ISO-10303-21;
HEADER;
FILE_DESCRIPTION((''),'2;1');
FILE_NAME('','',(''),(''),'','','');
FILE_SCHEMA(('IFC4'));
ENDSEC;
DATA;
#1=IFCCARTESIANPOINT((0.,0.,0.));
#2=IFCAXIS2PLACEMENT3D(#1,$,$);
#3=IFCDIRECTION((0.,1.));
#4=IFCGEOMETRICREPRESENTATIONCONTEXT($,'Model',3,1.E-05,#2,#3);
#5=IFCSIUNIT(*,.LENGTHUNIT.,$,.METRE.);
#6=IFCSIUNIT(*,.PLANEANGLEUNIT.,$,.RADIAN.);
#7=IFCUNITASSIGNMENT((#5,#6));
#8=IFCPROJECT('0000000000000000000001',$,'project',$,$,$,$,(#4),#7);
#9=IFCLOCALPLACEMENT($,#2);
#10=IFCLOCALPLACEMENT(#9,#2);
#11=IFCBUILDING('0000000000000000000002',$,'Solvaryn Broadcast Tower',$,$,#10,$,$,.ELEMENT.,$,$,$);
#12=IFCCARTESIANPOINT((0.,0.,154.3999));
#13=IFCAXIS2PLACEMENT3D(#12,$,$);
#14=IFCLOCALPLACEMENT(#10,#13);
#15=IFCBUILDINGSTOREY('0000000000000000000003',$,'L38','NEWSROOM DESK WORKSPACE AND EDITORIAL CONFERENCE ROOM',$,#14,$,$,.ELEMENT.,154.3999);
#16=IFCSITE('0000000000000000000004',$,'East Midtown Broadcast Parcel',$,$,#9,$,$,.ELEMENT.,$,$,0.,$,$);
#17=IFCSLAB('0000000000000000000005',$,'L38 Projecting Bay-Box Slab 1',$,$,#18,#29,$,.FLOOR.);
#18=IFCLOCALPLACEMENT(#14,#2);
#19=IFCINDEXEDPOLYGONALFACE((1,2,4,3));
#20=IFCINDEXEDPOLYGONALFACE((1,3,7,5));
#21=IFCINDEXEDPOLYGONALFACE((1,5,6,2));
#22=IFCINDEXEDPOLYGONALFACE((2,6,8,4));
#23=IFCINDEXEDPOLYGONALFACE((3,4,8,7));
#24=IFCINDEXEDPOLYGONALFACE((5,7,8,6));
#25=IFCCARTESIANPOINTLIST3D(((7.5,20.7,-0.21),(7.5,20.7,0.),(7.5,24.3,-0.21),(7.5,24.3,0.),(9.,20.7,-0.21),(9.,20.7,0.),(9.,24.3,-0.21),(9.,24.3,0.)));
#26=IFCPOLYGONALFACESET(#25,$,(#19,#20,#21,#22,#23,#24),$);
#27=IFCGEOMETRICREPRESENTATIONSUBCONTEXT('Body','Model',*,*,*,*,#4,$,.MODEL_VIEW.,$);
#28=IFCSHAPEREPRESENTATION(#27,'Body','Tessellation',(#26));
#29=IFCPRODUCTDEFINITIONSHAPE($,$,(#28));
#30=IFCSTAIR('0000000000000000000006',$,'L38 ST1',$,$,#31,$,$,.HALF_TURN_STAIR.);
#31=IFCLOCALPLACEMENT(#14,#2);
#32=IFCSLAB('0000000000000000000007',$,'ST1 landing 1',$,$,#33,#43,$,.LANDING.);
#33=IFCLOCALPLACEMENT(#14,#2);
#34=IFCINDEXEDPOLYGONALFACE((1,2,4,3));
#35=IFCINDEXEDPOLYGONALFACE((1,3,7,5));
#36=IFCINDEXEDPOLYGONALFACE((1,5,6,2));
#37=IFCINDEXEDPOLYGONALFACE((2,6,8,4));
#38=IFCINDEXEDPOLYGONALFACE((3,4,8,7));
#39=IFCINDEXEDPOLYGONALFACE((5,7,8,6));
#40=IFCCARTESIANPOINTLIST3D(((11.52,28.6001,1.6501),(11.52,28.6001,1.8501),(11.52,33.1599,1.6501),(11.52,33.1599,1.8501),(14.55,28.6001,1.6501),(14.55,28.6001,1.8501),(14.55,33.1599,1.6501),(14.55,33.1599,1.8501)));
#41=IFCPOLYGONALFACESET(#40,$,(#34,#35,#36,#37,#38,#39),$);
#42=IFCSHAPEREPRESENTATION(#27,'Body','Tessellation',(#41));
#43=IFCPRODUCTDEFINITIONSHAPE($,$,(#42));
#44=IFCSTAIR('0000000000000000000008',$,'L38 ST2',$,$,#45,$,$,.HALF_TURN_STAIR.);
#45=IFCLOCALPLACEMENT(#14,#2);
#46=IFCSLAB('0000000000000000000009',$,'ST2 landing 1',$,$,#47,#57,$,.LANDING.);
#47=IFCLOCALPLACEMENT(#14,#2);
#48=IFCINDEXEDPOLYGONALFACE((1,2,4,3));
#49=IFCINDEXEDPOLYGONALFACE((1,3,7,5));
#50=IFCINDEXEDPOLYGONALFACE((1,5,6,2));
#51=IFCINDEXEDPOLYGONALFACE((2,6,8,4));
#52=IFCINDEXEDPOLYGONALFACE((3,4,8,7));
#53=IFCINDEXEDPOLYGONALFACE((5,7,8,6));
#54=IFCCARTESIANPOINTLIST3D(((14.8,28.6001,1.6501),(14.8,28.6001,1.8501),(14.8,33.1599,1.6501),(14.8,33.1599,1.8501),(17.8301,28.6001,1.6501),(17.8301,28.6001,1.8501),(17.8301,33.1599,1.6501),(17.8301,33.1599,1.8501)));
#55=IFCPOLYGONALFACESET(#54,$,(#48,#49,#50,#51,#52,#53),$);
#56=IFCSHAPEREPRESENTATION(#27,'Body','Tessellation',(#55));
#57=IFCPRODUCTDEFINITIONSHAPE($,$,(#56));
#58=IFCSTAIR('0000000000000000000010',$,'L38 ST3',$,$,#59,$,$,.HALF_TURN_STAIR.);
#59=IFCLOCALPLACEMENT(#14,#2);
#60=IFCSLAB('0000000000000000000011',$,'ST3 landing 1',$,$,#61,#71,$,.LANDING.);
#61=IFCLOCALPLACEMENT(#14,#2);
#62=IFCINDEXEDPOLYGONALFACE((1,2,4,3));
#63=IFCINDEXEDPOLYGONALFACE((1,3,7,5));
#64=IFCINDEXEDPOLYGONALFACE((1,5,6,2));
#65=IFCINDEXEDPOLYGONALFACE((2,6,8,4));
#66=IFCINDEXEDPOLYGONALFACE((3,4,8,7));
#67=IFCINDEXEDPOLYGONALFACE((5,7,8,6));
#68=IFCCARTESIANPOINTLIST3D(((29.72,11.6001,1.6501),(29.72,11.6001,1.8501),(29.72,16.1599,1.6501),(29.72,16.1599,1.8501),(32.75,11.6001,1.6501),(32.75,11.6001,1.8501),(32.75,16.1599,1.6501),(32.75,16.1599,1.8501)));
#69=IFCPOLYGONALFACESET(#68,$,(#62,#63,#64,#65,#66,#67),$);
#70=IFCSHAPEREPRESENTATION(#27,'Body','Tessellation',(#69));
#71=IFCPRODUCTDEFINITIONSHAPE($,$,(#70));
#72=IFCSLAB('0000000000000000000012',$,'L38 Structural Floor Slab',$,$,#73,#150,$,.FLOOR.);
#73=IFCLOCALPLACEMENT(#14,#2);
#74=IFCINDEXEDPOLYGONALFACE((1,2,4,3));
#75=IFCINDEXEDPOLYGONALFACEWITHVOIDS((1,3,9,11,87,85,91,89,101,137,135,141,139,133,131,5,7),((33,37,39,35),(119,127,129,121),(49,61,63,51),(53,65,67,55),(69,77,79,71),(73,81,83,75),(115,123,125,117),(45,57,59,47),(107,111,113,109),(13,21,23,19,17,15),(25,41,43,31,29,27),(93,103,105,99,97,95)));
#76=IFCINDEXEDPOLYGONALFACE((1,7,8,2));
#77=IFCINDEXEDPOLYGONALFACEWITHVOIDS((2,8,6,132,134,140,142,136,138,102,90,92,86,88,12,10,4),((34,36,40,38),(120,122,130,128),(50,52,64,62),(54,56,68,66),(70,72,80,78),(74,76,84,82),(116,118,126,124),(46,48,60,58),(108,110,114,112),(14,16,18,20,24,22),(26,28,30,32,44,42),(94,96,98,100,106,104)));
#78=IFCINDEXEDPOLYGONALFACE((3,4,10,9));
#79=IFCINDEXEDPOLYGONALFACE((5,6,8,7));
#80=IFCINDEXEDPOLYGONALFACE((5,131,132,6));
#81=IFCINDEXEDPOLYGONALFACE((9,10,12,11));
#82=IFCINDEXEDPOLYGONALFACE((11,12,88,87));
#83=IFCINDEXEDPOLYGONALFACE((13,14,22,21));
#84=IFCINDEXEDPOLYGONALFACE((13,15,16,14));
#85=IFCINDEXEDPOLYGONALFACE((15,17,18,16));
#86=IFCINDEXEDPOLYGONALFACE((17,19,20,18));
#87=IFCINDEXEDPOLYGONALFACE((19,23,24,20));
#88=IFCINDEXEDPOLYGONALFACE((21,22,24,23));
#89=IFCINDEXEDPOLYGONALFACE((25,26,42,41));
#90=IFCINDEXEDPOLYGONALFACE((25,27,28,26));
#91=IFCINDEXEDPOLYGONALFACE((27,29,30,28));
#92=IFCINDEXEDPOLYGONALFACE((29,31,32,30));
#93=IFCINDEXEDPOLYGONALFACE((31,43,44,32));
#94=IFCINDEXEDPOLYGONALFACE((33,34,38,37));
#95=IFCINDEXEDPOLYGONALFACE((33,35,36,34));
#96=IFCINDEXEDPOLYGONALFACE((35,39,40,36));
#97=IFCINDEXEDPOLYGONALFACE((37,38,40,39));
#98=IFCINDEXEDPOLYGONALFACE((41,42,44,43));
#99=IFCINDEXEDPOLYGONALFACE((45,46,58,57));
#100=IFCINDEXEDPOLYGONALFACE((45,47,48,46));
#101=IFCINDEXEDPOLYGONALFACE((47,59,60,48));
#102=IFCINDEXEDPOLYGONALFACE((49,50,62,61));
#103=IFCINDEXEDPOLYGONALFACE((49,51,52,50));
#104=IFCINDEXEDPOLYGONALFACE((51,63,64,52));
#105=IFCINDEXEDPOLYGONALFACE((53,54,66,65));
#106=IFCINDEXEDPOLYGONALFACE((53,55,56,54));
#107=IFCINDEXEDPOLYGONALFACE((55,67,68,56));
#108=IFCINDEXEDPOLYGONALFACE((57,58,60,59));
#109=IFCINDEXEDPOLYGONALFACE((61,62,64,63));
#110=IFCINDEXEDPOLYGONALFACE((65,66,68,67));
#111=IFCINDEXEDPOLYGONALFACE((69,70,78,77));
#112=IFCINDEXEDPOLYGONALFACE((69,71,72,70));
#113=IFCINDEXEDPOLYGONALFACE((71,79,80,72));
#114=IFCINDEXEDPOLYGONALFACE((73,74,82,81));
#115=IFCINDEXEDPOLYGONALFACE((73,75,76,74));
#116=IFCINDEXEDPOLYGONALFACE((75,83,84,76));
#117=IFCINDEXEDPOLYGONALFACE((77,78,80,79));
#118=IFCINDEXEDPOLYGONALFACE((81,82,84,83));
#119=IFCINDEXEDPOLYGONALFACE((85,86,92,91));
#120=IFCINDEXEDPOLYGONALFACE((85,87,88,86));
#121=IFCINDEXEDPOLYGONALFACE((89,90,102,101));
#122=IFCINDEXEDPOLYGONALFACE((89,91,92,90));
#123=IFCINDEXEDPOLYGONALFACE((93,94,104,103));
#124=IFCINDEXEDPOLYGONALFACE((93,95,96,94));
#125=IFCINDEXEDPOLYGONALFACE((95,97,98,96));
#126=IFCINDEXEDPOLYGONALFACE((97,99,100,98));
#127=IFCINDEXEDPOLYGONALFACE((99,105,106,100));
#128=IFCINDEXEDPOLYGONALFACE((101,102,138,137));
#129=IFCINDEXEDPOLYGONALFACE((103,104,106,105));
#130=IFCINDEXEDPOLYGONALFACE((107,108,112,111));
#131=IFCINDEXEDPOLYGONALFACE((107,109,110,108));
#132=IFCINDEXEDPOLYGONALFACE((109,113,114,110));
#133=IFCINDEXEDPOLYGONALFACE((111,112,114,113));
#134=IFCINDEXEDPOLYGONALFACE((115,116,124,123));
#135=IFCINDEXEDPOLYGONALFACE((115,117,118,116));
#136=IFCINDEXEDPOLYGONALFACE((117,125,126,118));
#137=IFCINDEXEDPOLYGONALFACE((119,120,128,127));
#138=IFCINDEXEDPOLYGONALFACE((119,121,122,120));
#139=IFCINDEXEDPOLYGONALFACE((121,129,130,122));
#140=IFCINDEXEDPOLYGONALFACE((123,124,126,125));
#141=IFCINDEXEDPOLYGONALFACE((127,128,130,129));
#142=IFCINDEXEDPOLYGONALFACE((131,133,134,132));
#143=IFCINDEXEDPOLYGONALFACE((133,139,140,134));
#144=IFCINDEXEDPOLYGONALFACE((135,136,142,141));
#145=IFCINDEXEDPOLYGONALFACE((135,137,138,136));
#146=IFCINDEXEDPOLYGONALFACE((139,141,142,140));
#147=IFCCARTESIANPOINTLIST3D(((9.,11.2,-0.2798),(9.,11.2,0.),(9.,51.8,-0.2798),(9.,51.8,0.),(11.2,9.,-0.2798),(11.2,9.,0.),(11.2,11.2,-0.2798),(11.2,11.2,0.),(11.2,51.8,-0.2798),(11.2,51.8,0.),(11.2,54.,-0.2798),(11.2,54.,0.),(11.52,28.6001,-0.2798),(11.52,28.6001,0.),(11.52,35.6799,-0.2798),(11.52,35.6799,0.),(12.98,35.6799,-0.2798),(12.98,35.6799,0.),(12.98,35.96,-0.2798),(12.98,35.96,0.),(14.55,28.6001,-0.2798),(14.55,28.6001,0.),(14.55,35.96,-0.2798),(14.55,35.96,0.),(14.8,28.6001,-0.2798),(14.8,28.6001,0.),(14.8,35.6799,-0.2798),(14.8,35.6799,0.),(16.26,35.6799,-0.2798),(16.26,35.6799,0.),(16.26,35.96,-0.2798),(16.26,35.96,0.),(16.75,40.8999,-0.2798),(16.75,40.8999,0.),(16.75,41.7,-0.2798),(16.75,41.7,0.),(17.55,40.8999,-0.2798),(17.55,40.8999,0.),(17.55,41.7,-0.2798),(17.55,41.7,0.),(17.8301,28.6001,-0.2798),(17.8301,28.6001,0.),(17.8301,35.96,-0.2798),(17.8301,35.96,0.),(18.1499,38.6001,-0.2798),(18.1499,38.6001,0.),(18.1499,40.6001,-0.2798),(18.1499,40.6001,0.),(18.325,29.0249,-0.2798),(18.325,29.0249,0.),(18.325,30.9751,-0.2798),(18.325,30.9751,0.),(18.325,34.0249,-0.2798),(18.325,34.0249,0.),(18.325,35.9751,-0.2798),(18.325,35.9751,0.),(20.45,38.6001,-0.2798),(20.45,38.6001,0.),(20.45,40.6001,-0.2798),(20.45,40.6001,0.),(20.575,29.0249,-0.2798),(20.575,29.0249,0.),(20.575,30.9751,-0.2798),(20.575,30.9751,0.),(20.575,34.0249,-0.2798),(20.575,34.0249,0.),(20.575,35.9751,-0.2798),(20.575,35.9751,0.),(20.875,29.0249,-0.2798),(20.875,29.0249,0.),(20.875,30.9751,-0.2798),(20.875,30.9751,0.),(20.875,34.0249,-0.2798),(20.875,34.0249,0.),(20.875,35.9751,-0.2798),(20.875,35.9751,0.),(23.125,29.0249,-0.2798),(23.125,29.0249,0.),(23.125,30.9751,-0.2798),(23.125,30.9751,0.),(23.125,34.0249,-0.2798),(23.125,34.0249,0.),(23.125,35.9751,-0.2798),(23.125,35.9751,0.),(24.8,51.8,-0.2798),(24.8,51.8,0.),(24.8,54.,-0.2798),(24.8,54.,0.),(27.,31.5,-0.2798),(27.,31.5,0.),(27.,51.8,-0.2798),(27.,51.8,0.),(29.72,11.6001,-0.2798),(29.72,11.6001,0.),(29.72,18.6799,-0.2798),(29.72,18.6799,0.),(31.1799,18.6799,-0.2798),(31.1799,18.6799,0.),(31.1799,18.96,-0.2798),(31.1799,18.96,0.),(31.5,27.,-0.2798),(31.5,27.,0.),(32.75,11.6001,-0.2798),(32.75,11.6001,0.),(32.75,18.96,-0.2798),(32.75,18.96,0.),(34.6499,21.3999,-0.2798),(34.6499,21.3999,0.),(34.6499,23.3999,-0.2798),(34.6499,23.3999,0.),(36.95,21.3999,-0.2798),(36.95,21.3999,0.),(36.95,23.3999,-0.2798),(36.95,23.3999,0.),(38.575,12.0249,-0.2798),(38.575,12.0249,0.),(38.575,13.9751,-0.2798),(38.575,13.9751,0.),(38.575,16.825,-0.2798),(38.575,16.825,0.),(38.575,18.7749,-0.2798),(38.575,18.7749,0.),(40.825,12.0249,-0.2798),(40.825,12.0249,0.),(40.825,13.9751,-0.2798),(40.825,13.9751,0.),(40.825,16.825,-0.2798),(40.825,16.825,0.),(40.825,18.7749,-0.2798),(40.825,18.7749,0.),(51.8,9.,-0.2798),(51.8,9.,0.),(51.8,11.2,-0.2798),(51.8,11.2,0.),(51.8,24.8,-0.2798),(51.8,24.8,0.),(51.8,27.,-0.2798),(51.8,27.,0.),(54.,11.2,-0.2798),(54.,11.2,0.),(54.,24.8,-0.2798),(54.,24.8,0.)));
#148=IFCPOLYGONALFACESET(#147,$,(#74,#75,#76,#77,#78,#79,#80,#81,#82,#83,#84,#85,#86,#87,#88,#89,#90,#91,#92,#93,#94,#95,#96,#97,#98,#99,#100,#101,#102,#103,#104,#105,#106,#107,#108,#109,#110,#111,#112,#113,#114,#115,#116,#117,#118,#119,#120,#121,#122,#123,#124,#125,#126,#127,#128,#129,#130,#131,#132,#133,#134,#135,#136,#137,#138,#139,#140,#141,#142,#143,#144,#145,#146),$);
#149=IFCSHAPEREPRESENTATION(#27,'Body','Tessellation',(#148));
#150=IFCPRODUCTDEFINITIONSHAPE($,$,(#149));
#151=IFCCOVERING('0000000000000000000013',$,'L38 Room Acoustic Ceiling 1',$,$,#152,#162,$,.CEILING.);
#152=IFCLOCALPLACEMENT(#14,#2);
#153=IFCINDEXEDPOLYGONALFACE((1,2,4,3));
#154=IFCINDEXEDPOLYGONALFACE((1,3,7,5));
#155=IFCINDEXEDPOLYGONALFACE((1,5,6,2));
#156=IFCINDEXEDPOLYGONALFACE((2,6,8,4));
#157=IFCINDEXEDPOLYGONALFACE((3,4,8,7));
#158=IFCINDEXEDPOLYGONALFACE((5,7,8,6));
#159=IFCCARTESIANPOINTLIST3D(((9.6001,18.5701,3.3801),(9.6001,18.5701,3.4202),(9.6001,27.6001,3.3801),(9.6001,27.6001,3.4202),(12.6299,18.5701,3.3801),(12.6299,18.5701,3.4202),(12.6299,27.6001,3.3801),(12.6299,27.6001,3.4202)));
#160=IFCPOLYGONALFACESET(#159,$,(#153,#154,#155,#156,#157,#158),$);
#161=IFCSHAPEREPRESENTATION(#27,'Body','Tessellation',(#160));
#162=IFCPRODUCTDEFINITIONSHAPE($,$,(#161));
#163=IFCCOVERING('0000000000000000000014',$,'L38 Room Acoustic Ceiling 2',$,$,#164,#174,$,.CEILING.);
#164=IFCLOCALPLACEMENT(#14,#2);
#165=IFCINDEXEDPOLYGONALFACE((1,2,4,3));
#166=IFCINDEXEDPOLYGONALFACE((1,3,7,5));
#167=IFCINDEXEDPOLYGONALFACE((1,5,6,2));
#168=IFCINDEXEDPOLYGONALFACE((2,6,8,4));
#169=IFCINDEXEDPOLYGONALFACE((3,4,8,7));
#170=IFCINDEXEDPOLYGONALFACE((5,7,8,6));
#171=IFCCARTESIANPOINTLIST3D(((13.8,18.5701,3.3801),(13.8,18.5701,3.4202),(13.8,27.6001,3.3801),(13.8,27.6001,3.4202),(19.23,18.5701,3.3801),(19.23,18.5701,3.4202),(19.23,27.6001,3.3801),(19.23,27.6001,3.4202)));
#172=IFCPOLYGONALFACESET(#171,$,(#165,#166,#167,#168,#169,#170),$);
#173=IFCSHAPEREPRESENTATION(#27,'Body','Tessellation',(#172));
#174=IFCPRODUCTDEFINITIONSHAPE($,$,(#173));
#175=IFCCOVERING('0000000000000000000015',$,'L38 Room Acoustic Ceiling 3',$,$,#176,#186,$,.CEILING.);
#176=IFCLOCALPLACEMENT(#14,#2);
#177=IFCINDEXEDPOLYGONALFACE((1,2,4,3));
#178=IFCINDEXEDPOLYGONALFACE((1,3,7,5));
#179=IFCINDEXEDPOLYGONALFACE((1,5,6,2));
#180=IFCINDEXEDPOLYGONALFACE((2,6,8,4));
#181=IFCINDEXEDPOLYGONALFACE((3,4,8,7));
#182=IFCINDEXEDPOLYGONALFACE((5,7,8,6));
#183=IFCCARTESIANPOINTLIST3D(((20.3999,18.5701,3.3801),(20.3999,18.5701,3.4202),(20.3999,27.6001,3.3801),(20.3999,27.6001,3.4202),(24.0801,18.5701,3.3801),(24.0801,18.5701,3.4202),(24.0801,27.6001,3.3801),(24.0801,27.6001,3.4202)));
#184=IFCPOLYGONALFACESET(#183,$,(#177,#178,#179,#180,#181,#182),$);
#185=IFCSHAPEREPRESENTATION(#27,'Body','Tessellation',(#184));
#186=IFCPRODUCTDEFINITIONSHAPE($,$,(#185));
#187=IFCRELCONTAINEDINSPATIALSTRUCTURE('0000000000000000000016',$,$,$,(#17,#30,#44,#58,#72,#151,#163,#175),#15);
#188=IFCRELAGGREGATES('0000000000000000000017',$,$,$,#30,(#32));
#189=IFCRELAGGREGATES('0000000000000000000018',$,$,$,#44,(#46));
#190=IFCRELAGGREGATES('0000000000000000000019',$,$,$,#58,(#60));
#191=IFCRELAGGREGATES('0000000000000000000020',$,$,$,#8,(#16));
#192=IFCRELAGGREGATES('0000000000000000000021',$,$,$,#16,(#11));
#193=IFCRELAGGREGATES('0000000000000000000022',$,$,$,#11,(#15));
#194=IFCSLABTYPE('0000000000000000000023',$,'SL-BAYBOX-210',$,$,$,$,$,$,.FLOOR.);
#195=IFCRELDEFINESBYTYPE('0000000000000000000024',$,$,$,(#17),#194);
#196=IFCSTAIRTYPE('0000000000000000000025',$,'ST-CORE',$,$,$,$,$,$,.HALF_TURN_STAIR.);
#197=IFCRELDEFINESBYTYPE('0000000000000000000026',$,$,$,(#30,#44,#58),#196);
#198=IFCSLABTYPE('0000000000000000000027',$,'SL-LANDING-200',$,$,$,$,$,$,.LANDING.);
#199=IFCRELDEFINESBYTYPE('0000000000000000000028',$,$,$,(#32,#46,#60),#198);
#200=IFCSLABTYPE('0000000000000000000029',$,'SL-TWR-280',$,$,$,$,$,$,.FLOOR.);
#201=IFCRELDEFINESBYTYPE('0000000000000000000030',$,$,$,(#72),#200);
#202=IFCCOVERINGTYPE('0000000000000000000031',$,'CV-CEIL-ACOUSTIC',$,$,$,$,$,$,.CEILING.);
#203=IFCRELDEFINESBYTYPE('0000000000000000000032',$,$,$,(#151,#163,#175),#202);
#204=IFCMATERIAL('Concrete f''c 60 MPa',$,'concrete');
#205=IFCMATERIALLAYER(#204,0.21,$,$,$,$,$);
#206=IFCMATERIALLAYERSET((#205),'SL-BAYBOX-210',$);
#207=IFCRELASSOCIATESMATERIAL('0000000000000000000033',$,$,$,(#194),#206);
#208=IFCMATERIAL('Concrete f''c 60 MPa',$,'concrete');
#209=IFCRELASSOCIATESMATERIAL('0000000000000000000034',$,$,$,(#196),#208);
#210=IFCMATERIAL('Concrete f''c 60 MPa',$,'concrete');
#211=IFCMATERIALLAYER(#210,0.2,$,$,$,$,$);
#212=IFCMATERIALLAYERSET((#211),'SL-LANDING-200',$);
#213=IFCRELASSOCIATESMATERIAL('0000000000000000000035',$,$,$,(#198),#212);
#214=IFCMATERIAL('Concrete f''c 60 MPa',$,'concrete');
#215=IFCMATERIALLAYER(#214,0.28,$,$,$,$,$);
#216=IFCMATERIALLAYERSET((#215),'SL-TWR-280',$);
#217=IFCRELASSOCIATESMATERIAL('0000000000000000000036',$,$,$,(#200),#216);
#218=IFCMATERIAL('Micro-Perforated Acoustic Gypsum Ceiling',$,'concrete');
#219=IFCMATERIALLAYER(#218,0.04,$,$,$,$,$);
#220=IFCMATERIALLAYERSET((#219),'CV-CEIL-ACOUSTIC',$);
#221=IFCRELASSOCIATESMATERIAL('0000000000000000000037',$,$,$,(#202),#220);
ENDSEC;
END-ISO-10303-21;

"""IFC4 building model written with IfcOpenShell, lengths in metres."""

from ifc_helpers import new_model, si_unit, direction, frame, origin, place, context, subcontext, project, spatial, polyline, outline, extrude, material, layer, layer_set, type_object, element, aggregate, save


model = new_model("IFC4")

# Units and contexts
model_context = context("Model", 3, precision=1e-05, world=origin(), true_north=direction((0.0, 1.0)))
body_context = subcontext(model_context, "Body", "Model", "MODEL_VIEW")
ifc_project = project(units=[si_unit("LENGTHUNIT", "METRE"), si_unit("PLANEANGLEUNIT", "RADIAN")], contexts=[model_context])

# Site, building, storey
site_placement = place(None, origin())
site = spatial("IfcSite", under=ifc_project, at=site_placement, Name="East Midtown Broadcast Parcel", CompositionType="ELEMENT", RefElevation=0.0)
building_placement = place(site_placement, origin())
building = spatial("IfcBuilding", under=site, at=building_placement, Name="Solvaryn Broadcast Tower", CompositionType="ELEMENT")
storey_placement = place(building_placement, frame((0.0, 0.0, 154.3999)))
storey = spatial("IfcBuildingStorey", under=building, at=storey_placement, Name="L38", Description="NEWSROOM DESK WORKSPACE AND EDITORIAL CONFERENCE ROOM", CompositionType="ELEMENT", Elevation=154.3999)

# Slab
ifc_material_1 = material(Name="Concrete f'c 60 MPa", Category="concrete")
ifc_layer_1 = layer(ifc_material_1, 0.21)
ifc_layer_set_1 = layer_set([ifc_layer_1], Name="SL-BAYBOX-210")
slab_type_1 = type_object("IfcSlabType", Name="SL-BAYBOX-210", PredefinedType="FLOOR", material=ifc_layer_set_1)
slab_1_placement = place(storey_placement, frame((0.0, 0.0, -0.21)))
element("IfcSlab", 1, at=slab_1_placement, inside=storey, type_object=slab_type_1, Name="L38 Projecting Bay-Box Slab 1", PredefinedType="FLOOR", context=body_context, shape_type="SweptSolid", body=[
    extrude(outline(polyline([(7.5, 20.7), (9.0, 20.7), (9.0, 24.3), (7.5, 24.3), (7.5, 20.7)])), origin(), (0.0, 0.0, 1.0), 0.21),
])

# Stairs, slabs
ifc_material_2 = material(Name="Concrete f'c 60 MPa", Category="concrete")
stair_type = type_object("IfcStairType", Name="ST-CORE", PredefinedType="HALF_TURN_STAIR", material=ifc_material_2)
stair_1_placement = place(storey_placement, origin())
stair_1 = element("IfcStair", 2, at=stair_1_placement, inside=storey, type_object=stair_type, Name="L38 ST1", PredefinedType="HALF_TURN_STAIR")
ifc_material_3 = material(Name="Concrete f'c 60 MPa", Category="concrete")
ifc_layer_2 = layer(ifc_material_3, 0.2)
ifc_layer_set_2 = layer_set([ifc_layer_2], Name="SL-LANDING-200")
slab_type_2 = type_object("IfcSlabType", Name="SL-LANDING-200", PredefinedType="LANDING", material=ifc_layer_set_2)
slab_2_placement = place(storey_placement, frame((0.0, 0.0, 1.6501)))
slab_2 = element("IfcSlab", 3, at=slab_2_placement, type_object=slab_type_2, Name="ST1 landing 1", PredefinedType="LANDING", context=body_context, shape_type="SweptSolid", body=[
    extrude(outline(polyline([(11.52, 33.1599), (11.52, 28.6001), (14.55, 28.6001), (14.55, 33.1599), (11.52, 33.1599)])), origin(), (0.0, 0.0, 1.0), 0.2),
])
aggregate(stair_1, [slab_2])
stair_2_placement = place(storey_placement, origin())
stair_2 = element("IfcStair", 4, at=stair_2_placement, inside=storey, type_object=stair_type, Name="L38 ST2", PredefinedType="HALF_TURN_STAIR")
slab_3_placement = place(storey_placement, frame((0.0, 0.0, 1.6501)))
slab_3 = element("IfcSlab", 5, at=slab_3_placement, type_object=slab_type_2, Name="ST2 landing 1", PredefinedType="LANDING", context=body_context, shape_type="SweptSolid", body=[
    extrude(outline(polyline([(14.8, 33.1599), (14.8, 28.6001), (17.8301, 28.6001), (17.8301, 33.1599), (14.8, 33.1599)])), origin(), (0.0, 0.0, 1.0), 0.2),
])
aggregate(stair_2, [slab_3])
stair_3_placement = place(storey_placement, origin())
stair_3 = element("IfcStair", 6, at=stair_3_placement, inside=storey, type_object=stair_type, Name="L38 ST3", PredefinedType="HALF_TURN_STAIR")
slab_4_placement = place(storey_placement, frame((0.0, 0.0, 1.6501)))
slab_4 = element("IfcSlab", 7, at=slab_4_placement, type_object=slab_type_2, Name="ST3 landing 1", PredefinedType="LANDING", context=body_context, shape_type="SweptSolid", body=[
    extrude(outline(polyline([(29.72, 16.1599), (29.72, 11.6001), (32.75, 11.6001), (32.75, 16.1599), (29.72, 16.1599)])), origin(), (0.0, 0.0, 1.0), 0.2),
])
aggregate(stair_3, [slab_4])

# Slab
ifc_material_4 = material(Name="Concrete f'c 60 MPa", Category="concrete")
ifc_layer_3 = layer(ifc_material_4, 0.28)
ifc_layer_set_3 = layer_set([ifc_layer_3], Name="SL-TWR-280")
slab_type_3 = type_object("IfcSlabType", Name="SL-TWR-280", PredefinedType="FLOOR", material=ifc_layer_set_3)
slab_5_placement = place(storey_placement, frame((0.0, 0.0, -0.2798)))
element("IfcSlab", 8, at=slab_5_placement, inside=storey, type_object=slab_type_3, Name="L38 Structural Floor Slab", PredefinedType="FLOOR", context=body_context, shape_type="SweptSolid", body=[
    extrude(outline(polyline([(11.2, 9.0), (51.8, 9.0), (51.8, 11.2), (54.0, 11.2), (54.0, 24.8), (51.8, 24.8), (51.8, 27.0), (31.5, 27.0), (27.0, 31.5), (27.0, 51.8), (24.8, 51.8), (24.8, 54.0), (11.2, 54.0), (11.2, 51.8), (9.0, 51.8), (9.0, 11.2), (11.2, 11.2), (11.2, 9.0)]), holes=[polyline([(11.52, 28.6001), (14.55, 28.6001), (14.55, 35.96), (12.98, 35.96), (12.98, 35.6799), (11.52, 35.6799), (11.52, 28.6001)]), polyline([(14.8, 28.6001), (17.8301, 28.6001), (17.8301, 35.96), (16.26, 35.96), (16.26, 35.6799), (14.8, 35.6799), (14.8, 28.6001)]), polyline([(29.72, 11.6001), (32.75, 11.6001), (32.75, 18.96), (31.1799, 18.96), (31.1799, 18.6799), (29.72, 18.6799), (29.72, 11.6001)]), polyline([(18.1499, 38.6001), (20.45, 38.6001), (20.45, 40.6001), (18.1499, 40.6001), (18.1499, 38.6001)]), polyline([(18.325, 29.0249), (20.575, 29.0249), (20.575, 30.9751), (18.325, 30.9751), (18.325, 29.0249)]), polyline([(20.875, 29.0249), (23.125, 29.0249), (23.125, 30.9751), (20.875, 30.9751), (20.875, 29.0249)]), polyline([(18.325, 34.0249), (20.575, 34.0249), (20.575, 35.9751), (18.325, 35.9751), (18.325, 34.0249)]), polyline([(20.875, 34.0249), (23.125, 34.0249), (23.125, 35.9751), (20.875, 35.9751), (20.875, 34.0249)]), polyline([(34.6499, 21.3999), (36.95, 21.3999), (36.95, 23.3999), (34.6499, 23.3999), (34.6499, 21.3999)]), polyline([(38.575, 12.0249), (40.825, 12.0249), (40.825, 13.9751), (38.575, 13.9751), (38.575, 12.0249)]), polyline([(38.575, 16.825), (40.825, 16.825), (40.825, 18.7749), (38.575, 18.7749), (38.575, 16.825)]), polyline([(16.75, 40.8999), (17.55, 40.8999), (17.55, 41.7), (16.75, 41.7), (16.75, 40.8999)])]), origin(), (0.0, 0.0, 1.0), 0.2798),
])

# Coverings
ifc_material_5 = material(Name="Micro-Perforated Acoustic Gypsum Ceiling", Category="concrete")
ifc_layer_4 = layer(ifc_material_5, 0.04)
ifc_layer_set_4 = layer_set([ifc_layer_4], Name="CV-CEIL-ACOUSTIC")
covering_type_1 = type_object("IfcCoveringType", Name="CV-CEIL-ACOUSTIC", PredefinedType="CEILING", material=ifc_layer_set_4)
covering_1_placement = place(storey_placement, frame((0.0, 0.0, 3.3801)))
element("IfcCovering", 9, at=covering_1_placement, inside=storey, type_object=covering_type_1, Name="L38 Room Acoustic Ceiling 1", PredefinedType="CEILING", context=body_context, shape_type="SweptSolid", body=[
    extrude(outline(polyline([(9.6001, 18.5701), (12.6299, 18.5701), (12.6299, 27.6001), (9.6001, 27.6001), (9.6001, 18.5701)])), origin(), (0.0, 0.0, 1.0), 0.04),
])
covering_2_placement = place(storey_placement, frame((0.0, 0.0, 3.3801)))
element("IfcCovering", 10, at=covering_2_placement, inside=storey, type_object=covering_type_1, Name="L38 Room Acoustic Ceiling 2", PredefinedType="CEILING", context=body_context, shape_type="SweptSolid", body=[
    extrude(outline(polyline([(13.8, 18.5701), (19.23, 18.5701), (19.23, 27.6001), (13.8, 27.6001), (13.8, 18.5701)])), origin(), (0.0, 0.0, 1.0), 0.04),
])
covering_3_placement = place(storey_placement, frame((0.0, 0.0, 3.3801)))
element("IfcCovering", 11, at=covering_3_placement, inside=storey, type_object=covering_type_1, Name="L38 Room Acoustic Ceiling 3", PredefinedType="CEILING", context=body_context, shape_type="SweptSolid", body=[
    extrude(outline(polyline([(20.3999, 18.5701), (24.0801, 18.5701), (24.0801, 27.6001), (20.3999, 27.6001), (20.3999, 18.5701)])), origin(), (0.0, 0.0, 1.0), 0.04),
])

save(model, "model.ifc")
